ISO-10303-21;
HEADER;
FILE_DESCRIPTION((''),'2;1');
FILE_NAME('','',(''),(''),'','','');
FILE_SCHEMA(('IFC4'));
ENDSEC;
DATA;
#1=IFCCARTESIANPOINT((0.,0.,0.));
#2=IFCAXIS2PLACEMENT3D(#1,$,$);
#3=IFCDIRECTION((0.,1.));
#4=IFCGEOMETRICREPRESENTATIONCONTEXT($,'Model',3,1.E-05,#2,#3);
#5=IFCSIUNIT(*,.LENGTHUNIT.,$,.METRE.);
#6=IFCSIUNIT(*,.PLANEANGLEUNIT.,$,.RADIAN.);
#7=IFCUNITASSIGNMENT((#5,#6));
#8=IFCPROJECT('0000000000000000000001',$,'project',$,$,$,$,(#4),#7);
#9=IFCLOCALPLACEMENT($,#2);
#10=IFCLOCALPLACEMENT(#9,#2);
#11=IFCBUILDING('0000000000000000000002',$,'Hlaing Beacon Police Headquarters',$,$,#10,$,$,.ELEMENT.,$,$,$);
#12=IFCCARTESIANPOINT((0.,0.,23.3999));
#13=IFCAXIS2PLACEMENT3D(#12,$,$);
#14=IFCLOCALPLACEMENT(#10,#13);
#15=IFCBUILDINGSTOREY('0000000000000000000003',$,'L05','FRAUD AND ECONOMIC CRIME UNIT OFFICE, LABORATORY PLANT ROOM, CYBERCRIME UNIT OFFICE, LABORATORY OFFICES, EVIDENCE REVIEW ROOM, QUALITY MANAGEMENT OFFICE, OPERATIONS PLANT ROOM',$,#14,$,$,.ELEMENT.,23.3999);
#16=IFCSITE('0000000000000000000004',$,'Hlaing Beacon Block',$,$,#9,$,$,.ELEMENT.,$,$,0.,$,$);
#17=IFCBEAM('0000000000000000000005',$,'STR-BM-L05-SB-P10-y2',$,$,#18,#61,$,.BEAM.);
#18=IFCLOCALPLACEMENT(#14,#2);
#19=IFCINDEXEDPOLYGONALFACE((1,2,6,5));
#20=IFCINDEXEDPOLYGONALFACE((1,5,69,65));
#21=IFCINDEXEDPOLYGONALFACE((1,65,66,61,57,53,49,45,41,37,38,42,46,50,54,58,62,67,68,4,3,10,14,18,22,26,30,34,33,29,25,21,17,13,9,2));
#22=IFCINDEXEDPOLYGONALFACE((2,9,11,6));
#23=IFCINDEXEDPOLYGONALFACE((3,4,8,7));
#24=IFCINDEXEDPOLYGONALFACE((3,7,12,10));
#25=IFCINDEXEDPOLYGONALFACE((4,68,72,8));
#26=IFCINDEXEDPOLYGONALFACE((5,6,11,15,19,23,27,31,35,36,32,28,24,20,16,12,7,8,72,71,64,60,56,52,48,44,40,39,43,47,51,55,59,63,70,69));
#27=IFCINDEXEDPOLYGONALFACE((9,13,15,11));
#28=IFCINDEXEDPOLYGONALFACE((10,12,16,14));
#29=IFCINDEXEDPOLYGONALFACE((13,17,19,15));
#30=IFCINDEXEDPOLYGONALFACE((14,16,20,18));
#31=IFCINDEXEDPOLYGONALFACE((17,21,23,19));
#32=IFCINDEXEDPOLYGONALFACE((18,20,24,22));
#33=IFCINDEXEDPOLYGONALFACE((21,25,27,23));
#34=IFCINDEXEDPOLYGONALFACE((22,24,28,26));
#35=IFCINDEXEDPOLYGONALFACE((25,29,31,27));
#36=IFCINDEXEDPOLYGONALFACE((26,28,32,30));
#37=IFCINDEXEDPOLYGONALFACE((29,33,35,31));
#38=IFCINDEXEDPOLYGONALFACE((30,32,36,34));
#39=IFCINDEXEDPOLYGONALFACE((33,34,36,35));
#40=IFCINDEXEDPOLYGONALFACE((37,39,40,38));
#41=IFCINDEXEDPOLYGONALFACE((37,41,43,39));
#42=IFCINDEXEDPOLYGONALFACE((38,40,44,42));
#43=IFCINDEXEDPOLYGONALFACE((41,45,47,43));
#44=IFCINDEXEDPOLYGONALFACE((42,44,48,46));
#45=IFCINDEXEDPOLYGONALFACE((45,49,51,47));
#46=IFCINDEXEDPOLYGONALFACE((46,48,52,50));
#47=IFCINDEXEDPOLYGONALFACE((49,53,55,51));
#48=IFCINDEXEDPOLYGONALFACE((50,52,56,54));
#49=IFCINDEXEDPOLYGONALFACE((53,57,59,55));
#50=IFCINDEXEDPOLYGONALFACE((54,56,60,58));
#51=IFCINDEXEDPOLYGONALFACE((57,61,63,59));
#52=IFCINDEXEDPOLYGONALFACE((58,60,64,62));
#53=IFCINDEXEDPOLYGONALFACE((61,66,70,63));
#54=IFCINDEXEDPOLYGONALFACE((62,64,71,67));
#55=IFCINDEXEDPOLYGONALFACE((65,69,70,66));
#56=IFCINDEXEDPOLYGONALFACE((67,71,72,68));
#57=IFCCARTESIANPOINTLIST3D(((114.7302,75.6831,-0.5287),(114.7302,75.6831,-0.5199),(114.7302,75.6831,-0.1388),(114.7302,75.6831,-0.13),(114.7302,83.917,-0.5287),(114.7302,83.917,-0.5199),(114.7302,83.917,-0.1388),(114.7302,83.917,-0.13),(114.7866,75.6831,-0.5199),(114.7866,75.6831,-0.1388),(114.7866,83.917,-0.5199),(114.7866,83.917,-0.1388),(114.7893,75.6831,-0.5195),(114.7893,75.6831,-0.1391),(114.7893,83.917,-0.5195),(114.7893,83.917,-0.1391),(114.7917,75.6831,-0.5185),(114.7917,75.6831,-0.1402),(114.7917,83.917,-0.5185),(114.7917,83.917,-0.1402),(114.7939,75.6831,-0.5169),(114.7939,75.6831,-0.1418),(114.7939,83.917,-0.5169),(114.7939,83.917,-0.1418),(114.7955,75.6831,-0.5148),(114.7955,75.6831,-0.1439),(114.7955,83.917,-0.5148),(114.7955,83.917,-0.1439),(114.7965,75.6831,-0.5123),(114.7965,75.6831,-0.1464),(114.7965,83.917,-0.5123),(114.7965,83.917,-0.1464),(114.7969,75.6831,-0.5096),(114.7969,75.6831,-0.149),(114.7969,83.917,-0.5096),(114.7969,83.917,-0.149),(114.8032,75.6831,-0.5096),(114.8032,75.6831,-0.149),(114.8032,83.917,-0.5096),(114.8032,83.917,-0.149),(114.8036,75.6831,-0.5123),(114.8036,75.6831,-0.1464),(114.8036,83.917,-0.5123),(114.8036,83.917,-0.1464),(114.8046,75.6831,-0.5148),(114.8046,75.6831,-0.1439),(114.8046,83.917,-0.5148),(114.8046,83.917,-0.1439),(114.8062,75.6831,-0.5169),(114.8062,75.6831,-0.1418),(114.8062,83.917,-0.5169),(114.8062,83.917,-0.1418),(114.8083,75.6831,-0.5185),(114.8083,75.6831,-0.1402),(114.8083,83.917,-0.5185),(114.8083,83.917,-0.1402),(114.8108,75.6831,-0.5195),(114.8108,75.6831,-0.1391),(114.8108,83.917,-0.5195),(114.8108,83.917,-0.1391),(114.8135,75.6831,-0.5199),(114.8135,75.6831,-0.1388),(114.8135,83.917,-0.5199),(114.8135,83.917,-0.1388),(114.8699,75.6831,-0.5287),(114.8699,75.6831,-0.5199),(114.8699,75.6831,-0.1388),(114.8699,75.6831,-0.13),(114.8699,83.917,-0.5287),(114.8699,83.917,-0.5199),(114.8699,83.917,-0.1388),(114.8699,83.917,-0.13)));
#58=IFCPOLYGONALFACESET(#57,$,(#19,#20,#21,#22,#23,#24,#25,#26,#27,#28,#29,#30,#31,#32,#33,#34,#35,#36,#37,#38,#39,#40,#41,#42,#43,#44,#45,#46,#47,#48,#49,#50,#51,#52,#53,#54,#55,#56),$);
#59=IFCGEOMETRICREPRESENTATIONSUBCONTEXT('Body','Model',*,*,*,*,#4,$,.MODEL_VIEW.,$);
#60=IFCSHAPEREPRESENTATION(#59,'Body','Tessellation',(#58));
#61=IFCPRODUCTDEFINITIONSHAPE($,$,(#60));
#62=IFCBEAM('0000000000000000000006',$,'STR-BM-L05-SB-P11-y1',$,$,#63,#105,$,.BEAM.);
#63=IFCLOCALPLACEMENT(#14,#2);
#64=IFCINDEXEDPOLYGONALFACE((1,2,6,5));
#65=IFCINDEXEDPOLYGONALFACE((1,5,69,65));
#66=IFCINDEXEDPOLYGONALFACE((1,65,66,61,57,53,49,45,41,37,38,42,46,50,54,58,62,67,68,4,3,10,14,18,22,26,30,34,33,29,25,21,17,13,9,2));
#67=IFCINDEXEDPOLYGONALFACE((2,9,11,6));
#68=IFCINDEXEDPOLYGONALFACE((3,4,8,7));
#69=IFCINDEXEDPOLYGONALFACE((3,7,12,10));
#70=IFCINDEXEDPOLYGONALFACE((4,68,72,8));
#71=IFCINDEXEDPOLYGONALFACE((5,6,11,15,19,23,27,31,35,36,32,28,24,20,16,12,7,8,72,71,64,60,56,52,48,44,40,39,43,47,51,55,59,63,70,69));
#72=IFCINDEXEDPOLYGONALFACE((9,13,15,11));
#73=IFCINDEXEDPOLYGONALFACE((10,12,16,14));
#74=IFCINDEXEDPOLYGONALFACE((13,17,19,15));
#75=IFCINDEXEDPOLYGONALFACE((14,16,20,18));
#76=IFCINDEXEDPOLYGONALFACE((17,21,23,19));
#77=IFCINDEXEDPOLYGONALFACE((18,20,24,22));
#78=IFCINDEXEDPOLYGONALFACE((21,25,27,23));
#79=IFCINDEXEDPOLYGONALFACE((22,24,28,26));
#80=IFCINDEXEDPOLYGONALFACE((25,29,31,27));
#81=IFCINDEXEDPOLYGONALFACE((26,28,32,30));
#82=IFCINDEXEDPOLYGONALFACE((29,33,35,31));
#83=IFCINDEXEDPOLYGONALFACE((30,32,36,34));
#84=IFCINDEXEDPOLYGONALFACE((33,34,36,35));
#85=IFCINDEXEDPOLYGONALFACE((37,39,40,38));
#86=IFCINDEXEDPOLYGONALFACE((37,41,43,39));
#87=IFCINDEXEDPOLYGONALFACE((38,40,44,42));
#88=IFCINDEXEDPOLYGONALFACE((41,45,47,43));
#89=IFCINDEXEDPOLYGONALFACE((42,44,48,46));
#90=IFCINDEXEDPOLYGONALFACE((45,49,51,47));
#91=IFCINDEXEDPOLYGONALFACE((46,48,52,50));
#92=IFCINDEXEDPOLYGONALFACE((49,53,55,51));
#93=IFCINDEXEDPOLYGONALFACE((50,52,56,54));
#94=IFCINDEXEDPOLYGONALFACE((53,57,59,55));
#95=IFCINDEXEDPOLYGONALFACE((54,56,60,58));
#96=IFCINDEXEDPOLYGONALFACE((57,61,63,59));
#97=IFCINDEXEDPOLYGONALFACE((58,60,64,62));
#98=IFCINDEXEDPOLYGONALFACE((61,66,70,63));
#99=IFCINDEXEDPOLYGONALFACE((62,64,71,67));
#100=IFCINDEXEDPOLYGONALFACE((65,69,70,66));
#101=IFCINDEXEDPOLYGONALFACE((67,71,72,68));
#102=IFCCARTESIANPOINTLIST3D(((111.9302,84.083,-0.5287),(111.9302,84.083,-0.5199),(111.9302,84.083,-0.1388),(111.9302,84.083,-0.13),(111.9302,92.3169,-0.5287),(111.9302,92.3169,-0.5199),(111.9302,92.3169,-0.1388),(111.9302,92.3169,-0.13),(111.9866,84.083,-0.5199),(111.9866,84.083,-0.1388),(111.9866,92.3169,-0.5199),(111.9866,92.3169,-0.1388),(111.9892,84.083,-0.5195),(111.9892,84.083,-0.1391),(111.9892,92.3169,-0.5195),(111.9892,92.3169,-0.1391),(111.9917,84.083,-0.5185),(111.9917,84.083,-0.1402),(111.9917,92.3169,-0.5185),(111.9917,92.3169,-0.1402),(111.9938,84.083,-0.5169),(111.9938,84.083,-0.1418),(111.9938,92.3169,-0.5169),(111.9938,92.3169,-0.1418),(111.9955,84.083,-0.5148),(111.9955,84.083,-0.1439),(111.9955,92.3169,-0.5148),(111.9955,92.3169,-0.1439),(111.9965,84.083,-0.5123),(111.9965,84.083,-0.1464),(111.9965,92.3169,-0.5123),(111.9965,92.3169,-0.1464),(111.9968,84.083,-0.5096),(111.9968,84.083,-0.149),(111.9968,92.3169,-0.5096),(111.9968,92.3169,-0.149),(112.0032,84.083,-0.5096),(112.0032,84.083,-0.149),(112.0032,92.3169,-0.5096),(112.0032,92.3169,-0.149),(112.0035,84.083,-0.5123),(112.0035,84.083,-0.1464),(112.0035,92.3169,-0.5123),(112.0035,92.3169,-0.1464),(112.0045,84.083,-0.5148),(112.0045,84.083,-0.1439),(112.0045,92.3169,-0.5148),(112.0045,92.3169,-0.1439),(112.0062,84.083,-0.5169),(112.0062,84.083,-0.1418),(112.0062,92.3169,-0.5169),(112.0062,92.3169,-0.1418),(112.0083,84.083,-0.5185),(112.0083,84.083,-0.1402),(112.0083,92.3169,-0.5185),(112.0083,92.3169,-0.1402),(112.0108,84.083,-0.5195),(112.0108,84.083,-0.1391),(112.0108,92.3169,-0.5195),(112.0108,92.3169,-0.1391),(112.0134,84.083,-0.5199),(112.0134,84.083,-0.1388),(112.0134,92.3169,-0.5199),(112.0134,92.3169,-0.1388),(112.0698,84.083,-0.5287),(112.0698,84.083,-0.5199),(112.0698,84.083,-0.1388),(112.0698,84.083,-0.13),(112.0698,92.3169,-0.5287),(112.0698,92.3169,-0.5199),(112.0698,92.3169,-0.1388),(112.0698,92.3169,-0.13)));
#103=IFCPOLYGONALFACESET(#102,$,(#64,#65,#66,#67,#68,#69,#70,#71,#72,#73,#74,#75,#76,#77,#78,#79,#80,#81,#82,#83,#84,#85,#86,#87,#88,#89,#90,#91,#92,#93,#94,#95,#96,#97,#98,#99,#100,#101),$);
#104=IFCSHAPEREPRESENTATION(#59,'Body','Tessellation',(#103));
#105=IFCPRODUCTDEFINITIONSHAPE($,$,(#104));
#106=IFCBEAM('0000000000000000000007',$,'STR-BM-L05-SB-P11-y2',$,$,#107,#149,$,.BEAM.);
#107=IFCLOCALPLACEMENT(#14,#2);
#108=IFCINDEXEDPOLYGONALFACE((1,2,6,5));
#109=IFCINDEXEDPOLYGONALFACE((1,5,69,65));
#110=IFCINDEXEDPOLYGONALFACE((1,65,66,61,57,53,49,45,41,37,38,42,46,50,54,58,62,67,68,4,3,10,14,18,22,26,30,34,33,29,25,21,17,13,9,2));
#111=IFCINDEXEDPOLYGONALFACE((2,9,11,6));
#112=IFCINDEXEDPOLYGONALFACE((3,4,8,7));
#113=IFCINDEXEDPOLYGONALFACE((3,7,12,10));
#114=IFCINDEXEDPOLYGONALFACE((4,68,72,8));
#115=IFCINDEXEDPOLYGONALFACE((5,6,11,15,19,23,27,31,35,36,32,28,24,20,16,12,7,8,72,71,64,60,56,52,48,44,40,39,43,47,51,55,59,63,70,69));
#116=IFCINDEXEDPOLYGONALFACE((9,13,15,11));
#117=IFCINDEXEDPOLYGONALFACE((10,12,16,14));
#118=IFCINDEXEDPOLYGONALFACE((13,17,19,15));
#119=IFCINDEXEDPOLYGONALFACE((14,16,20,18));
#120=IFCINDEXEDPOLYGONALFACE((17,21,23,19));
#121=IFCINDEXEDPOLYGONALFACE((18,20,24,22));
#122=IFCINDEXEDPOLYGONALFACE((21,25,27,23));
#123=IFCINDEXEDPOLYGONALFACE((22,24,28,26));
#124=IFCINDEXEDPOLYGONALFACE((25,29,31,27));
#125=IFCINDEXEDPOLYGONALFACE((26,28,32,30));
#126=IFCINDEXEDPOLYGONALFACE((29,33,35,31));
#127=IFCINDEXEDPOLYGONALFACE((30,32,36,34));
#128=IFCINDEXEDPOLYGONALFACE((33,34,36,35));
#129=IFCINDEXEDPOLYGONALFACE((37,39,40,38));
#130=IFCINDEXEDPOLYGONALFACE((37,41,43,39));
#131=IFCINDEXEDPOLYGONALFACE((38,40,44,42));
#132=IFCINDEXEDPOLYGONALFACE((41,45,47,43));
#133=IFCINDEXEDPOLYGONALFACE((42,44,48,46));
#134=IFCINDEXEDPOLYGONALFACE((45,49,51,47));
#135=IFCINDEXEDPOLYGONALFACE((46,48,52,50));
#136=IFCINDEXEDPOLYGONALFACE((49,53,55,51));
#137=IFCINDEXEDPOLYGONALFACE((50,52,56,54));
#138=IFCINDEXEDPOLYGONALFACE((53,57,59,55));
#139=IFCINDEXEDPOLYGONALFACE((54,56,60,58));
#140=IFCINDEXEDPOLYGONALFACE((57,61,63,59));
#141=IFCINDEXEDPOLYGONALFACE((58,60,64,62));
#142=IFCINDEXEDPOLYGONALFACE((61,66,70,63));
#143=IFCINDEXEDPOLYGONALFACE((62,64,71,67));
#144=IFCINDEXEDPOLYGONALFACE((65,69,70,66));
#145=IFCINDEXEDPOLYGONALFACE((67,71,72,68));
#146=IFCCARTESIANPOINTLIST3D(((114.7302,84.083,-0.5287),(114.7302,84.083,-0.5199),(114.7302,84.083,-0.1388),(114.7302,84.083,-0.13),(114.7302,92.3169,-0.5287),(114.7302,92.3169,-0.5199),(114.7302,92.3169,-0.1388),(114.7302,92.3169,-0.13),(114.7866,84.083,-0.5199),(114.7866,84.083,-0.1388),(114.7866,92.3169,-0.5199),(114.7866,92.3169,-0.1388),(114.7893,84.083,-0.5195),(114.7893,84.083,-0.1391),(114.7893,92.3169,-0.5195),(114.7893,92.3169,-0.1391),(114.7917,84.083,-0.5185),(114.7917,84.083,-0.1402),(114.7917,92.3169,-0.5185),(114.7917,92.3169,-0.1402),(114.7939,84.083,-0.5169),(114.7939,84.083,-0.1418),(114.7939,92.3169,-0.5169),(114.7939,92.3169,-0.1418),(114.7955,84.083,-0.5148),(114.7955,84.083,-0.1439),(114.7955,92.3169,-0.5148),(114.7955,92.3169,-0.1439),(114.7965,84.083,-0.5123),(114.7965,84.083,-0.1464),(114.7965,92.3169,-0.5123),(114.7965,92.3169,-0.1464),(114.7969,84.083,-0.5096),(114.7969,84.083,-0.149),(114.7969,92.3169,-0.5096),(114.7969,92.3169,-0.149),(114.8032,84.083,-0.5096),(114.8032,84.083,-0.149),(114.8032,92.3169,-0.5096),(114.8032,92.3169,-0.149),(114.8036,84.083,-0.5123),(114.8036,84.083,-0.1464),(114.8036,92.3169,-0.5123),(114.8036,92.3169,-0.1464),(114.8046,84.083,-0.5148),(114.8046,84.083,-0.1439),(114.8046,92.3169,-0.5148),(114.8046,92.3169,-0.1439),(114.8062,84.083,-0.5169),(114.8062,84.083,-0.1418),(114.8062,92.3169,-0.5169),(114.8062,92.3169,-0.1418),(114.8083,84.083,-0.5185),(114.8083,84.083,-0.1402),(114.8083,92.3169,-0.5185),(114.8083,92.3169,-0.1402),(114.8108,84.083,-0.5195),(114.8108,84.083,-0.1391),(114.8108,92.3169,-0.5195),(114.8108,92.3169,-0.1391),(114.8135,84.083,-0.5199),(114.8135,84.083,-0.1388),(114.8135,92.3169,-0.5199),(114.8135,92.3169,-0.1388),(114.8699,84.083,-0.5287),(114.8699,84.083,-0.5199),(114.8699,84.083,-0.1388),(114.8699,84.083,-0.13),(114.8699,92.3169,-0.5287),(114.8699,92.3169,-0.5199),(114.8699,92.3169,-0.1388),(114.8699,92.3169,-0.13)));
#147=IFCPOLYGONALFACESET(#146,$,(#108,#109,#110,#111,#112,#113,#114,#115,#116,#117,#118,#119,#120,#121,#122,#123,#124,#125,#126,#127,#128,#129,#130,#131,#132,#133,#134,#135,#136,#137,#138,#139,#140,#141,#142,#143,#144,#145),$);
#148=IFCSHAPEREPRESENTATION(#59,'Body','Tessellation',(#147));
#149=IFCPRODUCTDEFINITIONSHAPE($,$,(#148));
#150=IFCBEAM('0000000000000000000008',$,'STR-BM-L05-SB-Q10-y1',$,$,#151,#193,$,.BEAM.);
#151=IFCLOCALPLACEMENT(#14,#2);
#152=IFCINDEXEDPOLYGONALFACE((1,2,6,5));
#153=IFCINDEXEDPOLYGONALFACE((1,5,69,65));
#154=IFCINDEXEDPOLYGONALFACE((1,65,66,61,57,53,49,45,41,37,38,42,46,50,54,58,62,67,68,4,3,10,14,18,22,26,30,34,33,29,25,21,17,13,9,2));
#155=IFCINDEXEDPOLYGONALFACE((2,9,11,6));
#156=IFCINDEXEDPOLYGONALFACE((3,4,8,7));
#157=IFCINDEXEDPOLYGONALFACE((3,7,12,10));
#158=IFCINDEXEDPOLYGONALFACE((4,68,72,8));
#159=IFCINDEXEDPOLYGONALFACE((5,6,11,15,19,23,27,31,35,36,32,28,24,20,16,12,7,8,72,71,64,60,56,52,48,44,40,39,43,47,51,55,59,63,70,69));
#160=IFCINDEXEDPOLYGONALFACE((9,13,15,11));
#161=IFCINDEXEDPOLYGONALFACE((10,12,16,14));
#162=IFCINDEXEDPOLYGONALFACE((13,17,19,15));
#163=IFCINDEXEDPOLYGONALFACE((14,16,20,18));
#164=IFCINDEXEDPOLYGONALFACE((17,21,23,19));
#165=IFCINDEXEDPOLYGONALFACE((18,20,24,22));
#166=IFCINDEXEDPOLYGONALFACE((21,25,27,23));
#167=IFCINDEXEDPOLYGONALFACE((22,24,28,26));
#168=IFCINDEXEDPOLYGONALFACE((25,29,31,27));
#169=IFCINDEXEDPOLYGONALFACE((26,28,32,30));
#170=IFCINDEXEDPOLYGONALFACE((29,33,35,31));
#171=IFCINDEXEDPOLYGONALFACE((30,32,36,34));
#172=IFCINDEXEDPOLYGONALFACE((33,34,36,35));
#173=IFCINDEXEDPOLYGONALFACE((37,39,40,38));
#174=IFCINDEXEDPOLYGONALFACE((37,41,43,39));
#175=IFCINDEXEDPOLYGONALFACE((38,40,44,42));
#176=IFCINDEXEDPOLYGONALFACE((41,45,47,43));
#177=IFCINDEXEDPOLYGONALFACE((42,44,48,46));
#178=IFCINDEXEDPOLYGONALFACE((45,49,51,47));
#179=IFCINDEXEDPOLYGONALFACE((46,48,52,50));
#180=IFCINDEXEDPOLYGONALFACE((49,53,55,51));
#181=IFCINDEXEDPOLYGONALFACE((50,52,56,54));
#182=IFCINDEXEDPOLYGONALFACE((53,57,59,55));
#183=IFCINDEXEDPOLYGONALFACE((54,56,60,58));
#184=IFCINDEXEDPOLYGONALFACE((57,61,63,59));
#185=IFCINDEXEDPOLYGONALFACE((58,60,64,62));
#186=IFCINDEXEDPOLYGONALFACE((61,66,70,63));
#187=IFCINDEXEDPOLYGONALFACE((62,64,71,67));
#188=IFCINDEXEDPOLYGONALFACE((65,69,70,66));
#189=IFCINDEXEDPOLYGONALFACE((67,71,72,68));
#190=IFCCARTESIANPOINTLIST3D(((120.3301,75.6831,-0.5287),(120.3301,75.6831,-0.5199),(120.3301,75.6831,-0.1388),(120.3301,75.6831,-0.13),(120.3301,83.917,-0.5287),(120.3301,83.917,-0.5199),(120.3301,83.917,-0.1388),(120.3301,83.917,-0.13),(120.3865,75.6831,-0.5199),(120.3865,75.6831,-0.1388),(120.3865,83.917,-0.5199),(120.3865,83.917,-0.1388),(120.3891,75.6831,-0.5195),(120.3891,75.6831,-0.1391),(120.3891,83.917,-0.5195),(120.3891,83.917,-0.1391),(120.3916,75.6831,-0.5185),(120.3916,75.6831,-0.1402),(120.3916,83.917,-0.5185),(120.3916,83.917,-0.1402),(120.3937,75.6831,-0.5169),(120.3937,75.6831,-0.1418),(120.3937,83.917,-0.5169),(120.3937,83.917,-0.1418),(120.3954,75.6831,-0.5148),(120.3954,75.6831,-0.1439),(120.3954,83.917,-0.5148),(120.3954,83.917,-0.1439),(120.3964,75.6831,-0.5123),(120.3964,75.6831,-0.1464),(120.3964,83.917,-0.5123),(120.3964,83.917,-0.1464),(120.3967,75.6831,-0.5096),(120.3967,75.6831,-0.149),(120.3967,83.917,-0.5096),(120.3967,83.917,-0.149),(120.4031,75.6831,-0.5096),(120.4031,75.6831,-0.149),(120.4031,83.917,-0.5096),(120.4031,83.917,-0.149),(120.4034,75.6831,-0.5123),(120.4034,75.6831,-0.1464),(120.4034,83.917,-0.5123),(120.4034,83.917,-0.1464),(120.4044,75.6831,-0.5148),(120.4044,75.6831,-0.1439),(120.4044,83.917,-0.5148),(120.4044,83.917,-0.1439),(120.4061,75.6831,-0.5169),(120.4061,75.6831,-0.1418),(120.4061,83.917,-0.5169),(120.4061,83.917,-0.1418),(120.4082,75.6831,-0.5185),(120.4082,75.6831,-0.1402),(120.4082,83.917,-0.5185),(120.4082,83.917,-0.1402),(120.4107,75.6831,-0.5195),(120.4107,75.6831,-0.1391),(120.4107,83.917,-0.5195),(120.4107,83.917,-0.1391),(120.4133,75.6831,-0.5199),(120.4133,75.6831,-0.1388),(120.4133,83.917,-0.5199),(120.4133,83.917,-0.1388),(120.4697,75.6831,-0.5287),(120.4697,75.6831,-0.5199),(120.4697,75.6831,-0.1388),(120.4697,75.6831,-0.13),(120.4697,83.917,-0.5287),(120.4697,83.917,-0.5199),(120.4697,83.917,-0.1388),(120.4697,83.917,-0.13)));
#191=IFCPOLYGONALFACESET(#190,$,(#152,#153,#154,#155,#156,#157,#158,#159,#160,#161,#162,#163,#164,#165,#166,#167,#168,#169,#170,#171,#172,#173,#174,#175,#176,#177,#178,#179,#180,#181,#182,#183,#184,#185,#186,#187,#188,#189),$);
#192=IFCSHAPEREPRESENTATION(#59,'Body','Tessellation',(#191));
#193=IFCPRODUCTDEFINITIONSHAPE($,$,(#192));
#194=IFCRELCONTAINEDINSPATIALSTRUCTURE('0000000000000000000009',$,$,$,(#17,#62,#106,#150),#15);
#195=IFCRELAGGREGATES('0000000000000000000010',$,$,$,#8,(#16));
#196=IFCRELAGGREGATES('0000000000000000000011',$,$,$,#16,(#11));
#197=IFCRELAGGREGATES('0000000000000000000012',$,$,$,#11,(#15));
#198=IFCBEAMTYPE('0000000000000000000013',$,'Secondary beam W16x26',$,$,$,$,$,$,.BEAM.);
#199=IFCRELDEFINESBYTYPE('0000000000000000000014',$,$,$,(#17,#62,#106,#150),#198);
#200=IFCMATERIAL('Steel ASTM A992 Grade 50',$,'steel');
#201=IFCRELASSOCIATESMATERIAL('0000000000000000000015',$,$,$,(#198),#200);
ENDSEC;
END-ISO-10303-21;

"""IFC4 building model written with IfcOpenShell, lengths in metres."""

from ifc_helpers import new_model, si_unit, direction, frame, origin, origin_2d, place, context, subcontext, project, spatial, i_section, extrude, material, material_profile, profile_set, type_object, element, save


model = new_model("IFC4")

# Units and contexts
model_context = context("Model", 3, precision=1e-05, world=origin(), true_north=direction((0.0, 1.0)))
body_context = subcontext(model_context, "Body", "Model", "MODEL_VIEW")
ifc_project = project(units=[si_unit("LENGTHUNIT", "METRE"), si_unit("PLANEANGLEUNIT", "RADIAN")], contexts=[model_context])

# Site, building, storey
site_placement = place(None, origin())
site = spatial("IfcSite", under=ifc_project, at=site_placement, Name="Hlaing Beacon Block", CompositionType="ELEMENT", RefElevation=0.0)
building_placement = place(site_placement, origin())
building = spatial("IfcBuilding", under=site, at=building_placement, Name="Hlaing Beacon Police Headquarters", CompositionType="ELEMENT")
storey_placement = place(building_placement, frame((0.0, 0.0, 23.3999)))
storey = spatial("IfcBuildingStorey", under=building, at=storey_placement, Name="L05", Description="FRAUD AND ECONOMIC CRIME UNIT OFFICE, LABORATORY PLANT ROOM, CYBERCRIME UNIT OFFICE, LABORATORY OFFICES, EVIDENCE REVIEW ROOM, QUALITY MANAGEMENT OFFICE, OPERATIONS PLANT ROOM", CompositionType="ELEMENT", Elevation=23.3999)

# Beams
ifc_material_1 = material(Name="Steel ASTM A992 Grade 50", Category="steel")
ifc_material_profile_1 = material_profile(ifc_material_1, i_section(OverallWidth=0.1396, OverallDepth=0.3987, WebThickness=0.0063, FlangeThickness=0.0088, FilletRadius=0.0103, at=origin_2d()), Name="W16x26")
ifc_profile_set_1 = profile_set([ifc_material_profile_1], Name="Steel ASTM A992 Grade 50")
beam_type_1 = type_object("IfcBeamType", Name="Secondary beam W16x26", PredefinedType="BEAM", material=ifc_profile_set_1)
for number, where, z_axis, x_axis, name in (
    (1, (114.8, 75.6831, -0.3293), (0.0, 1.0, 0.0), (-1.0, 0.0, 0.0), "STR-BM-L05-SB-P10-y2"),
    (2, (112.0, 84.083, -0.3293), (0.0, 1.0, 0.0), (-1.0, 0.0, 0.0), "STR-BM-L05-SB-P11-y1"),
    (3, (114.8, 84.083, -0.3293), (0.0, 1.0, 0.0), (-1.0, 0.0, 0.0), "STR-BM-L05-SB-P11-y2"),
    (4, (120.3999, 75.6831, -0.3293), (0.0, 1.0, 0.0), (-1.0, 0.0, 0.0), "STR-BM-L05-SB-Q10-y1"),
):
    element("IfcBeam", number, at=place(storey_placement, frame(where, z_axis=z_axis, x_axis=x_axis)), inside=storey, type_object=beam_type_1, Name=name, PredefinedType="BEAM", context=body_context, shape_type="SweptSolid", body=[
        extrude(i_section(OverallWidth=0.1396, OverallDepth=0.3987, WebThickness=0.0063, FlangeThickness=0.0088, FilletRadius=0.0103, at=origin_2d()), origin(), (0.0, 0.0, 1.0), 8.2339),
    ])

save(model, "model.ifc")
